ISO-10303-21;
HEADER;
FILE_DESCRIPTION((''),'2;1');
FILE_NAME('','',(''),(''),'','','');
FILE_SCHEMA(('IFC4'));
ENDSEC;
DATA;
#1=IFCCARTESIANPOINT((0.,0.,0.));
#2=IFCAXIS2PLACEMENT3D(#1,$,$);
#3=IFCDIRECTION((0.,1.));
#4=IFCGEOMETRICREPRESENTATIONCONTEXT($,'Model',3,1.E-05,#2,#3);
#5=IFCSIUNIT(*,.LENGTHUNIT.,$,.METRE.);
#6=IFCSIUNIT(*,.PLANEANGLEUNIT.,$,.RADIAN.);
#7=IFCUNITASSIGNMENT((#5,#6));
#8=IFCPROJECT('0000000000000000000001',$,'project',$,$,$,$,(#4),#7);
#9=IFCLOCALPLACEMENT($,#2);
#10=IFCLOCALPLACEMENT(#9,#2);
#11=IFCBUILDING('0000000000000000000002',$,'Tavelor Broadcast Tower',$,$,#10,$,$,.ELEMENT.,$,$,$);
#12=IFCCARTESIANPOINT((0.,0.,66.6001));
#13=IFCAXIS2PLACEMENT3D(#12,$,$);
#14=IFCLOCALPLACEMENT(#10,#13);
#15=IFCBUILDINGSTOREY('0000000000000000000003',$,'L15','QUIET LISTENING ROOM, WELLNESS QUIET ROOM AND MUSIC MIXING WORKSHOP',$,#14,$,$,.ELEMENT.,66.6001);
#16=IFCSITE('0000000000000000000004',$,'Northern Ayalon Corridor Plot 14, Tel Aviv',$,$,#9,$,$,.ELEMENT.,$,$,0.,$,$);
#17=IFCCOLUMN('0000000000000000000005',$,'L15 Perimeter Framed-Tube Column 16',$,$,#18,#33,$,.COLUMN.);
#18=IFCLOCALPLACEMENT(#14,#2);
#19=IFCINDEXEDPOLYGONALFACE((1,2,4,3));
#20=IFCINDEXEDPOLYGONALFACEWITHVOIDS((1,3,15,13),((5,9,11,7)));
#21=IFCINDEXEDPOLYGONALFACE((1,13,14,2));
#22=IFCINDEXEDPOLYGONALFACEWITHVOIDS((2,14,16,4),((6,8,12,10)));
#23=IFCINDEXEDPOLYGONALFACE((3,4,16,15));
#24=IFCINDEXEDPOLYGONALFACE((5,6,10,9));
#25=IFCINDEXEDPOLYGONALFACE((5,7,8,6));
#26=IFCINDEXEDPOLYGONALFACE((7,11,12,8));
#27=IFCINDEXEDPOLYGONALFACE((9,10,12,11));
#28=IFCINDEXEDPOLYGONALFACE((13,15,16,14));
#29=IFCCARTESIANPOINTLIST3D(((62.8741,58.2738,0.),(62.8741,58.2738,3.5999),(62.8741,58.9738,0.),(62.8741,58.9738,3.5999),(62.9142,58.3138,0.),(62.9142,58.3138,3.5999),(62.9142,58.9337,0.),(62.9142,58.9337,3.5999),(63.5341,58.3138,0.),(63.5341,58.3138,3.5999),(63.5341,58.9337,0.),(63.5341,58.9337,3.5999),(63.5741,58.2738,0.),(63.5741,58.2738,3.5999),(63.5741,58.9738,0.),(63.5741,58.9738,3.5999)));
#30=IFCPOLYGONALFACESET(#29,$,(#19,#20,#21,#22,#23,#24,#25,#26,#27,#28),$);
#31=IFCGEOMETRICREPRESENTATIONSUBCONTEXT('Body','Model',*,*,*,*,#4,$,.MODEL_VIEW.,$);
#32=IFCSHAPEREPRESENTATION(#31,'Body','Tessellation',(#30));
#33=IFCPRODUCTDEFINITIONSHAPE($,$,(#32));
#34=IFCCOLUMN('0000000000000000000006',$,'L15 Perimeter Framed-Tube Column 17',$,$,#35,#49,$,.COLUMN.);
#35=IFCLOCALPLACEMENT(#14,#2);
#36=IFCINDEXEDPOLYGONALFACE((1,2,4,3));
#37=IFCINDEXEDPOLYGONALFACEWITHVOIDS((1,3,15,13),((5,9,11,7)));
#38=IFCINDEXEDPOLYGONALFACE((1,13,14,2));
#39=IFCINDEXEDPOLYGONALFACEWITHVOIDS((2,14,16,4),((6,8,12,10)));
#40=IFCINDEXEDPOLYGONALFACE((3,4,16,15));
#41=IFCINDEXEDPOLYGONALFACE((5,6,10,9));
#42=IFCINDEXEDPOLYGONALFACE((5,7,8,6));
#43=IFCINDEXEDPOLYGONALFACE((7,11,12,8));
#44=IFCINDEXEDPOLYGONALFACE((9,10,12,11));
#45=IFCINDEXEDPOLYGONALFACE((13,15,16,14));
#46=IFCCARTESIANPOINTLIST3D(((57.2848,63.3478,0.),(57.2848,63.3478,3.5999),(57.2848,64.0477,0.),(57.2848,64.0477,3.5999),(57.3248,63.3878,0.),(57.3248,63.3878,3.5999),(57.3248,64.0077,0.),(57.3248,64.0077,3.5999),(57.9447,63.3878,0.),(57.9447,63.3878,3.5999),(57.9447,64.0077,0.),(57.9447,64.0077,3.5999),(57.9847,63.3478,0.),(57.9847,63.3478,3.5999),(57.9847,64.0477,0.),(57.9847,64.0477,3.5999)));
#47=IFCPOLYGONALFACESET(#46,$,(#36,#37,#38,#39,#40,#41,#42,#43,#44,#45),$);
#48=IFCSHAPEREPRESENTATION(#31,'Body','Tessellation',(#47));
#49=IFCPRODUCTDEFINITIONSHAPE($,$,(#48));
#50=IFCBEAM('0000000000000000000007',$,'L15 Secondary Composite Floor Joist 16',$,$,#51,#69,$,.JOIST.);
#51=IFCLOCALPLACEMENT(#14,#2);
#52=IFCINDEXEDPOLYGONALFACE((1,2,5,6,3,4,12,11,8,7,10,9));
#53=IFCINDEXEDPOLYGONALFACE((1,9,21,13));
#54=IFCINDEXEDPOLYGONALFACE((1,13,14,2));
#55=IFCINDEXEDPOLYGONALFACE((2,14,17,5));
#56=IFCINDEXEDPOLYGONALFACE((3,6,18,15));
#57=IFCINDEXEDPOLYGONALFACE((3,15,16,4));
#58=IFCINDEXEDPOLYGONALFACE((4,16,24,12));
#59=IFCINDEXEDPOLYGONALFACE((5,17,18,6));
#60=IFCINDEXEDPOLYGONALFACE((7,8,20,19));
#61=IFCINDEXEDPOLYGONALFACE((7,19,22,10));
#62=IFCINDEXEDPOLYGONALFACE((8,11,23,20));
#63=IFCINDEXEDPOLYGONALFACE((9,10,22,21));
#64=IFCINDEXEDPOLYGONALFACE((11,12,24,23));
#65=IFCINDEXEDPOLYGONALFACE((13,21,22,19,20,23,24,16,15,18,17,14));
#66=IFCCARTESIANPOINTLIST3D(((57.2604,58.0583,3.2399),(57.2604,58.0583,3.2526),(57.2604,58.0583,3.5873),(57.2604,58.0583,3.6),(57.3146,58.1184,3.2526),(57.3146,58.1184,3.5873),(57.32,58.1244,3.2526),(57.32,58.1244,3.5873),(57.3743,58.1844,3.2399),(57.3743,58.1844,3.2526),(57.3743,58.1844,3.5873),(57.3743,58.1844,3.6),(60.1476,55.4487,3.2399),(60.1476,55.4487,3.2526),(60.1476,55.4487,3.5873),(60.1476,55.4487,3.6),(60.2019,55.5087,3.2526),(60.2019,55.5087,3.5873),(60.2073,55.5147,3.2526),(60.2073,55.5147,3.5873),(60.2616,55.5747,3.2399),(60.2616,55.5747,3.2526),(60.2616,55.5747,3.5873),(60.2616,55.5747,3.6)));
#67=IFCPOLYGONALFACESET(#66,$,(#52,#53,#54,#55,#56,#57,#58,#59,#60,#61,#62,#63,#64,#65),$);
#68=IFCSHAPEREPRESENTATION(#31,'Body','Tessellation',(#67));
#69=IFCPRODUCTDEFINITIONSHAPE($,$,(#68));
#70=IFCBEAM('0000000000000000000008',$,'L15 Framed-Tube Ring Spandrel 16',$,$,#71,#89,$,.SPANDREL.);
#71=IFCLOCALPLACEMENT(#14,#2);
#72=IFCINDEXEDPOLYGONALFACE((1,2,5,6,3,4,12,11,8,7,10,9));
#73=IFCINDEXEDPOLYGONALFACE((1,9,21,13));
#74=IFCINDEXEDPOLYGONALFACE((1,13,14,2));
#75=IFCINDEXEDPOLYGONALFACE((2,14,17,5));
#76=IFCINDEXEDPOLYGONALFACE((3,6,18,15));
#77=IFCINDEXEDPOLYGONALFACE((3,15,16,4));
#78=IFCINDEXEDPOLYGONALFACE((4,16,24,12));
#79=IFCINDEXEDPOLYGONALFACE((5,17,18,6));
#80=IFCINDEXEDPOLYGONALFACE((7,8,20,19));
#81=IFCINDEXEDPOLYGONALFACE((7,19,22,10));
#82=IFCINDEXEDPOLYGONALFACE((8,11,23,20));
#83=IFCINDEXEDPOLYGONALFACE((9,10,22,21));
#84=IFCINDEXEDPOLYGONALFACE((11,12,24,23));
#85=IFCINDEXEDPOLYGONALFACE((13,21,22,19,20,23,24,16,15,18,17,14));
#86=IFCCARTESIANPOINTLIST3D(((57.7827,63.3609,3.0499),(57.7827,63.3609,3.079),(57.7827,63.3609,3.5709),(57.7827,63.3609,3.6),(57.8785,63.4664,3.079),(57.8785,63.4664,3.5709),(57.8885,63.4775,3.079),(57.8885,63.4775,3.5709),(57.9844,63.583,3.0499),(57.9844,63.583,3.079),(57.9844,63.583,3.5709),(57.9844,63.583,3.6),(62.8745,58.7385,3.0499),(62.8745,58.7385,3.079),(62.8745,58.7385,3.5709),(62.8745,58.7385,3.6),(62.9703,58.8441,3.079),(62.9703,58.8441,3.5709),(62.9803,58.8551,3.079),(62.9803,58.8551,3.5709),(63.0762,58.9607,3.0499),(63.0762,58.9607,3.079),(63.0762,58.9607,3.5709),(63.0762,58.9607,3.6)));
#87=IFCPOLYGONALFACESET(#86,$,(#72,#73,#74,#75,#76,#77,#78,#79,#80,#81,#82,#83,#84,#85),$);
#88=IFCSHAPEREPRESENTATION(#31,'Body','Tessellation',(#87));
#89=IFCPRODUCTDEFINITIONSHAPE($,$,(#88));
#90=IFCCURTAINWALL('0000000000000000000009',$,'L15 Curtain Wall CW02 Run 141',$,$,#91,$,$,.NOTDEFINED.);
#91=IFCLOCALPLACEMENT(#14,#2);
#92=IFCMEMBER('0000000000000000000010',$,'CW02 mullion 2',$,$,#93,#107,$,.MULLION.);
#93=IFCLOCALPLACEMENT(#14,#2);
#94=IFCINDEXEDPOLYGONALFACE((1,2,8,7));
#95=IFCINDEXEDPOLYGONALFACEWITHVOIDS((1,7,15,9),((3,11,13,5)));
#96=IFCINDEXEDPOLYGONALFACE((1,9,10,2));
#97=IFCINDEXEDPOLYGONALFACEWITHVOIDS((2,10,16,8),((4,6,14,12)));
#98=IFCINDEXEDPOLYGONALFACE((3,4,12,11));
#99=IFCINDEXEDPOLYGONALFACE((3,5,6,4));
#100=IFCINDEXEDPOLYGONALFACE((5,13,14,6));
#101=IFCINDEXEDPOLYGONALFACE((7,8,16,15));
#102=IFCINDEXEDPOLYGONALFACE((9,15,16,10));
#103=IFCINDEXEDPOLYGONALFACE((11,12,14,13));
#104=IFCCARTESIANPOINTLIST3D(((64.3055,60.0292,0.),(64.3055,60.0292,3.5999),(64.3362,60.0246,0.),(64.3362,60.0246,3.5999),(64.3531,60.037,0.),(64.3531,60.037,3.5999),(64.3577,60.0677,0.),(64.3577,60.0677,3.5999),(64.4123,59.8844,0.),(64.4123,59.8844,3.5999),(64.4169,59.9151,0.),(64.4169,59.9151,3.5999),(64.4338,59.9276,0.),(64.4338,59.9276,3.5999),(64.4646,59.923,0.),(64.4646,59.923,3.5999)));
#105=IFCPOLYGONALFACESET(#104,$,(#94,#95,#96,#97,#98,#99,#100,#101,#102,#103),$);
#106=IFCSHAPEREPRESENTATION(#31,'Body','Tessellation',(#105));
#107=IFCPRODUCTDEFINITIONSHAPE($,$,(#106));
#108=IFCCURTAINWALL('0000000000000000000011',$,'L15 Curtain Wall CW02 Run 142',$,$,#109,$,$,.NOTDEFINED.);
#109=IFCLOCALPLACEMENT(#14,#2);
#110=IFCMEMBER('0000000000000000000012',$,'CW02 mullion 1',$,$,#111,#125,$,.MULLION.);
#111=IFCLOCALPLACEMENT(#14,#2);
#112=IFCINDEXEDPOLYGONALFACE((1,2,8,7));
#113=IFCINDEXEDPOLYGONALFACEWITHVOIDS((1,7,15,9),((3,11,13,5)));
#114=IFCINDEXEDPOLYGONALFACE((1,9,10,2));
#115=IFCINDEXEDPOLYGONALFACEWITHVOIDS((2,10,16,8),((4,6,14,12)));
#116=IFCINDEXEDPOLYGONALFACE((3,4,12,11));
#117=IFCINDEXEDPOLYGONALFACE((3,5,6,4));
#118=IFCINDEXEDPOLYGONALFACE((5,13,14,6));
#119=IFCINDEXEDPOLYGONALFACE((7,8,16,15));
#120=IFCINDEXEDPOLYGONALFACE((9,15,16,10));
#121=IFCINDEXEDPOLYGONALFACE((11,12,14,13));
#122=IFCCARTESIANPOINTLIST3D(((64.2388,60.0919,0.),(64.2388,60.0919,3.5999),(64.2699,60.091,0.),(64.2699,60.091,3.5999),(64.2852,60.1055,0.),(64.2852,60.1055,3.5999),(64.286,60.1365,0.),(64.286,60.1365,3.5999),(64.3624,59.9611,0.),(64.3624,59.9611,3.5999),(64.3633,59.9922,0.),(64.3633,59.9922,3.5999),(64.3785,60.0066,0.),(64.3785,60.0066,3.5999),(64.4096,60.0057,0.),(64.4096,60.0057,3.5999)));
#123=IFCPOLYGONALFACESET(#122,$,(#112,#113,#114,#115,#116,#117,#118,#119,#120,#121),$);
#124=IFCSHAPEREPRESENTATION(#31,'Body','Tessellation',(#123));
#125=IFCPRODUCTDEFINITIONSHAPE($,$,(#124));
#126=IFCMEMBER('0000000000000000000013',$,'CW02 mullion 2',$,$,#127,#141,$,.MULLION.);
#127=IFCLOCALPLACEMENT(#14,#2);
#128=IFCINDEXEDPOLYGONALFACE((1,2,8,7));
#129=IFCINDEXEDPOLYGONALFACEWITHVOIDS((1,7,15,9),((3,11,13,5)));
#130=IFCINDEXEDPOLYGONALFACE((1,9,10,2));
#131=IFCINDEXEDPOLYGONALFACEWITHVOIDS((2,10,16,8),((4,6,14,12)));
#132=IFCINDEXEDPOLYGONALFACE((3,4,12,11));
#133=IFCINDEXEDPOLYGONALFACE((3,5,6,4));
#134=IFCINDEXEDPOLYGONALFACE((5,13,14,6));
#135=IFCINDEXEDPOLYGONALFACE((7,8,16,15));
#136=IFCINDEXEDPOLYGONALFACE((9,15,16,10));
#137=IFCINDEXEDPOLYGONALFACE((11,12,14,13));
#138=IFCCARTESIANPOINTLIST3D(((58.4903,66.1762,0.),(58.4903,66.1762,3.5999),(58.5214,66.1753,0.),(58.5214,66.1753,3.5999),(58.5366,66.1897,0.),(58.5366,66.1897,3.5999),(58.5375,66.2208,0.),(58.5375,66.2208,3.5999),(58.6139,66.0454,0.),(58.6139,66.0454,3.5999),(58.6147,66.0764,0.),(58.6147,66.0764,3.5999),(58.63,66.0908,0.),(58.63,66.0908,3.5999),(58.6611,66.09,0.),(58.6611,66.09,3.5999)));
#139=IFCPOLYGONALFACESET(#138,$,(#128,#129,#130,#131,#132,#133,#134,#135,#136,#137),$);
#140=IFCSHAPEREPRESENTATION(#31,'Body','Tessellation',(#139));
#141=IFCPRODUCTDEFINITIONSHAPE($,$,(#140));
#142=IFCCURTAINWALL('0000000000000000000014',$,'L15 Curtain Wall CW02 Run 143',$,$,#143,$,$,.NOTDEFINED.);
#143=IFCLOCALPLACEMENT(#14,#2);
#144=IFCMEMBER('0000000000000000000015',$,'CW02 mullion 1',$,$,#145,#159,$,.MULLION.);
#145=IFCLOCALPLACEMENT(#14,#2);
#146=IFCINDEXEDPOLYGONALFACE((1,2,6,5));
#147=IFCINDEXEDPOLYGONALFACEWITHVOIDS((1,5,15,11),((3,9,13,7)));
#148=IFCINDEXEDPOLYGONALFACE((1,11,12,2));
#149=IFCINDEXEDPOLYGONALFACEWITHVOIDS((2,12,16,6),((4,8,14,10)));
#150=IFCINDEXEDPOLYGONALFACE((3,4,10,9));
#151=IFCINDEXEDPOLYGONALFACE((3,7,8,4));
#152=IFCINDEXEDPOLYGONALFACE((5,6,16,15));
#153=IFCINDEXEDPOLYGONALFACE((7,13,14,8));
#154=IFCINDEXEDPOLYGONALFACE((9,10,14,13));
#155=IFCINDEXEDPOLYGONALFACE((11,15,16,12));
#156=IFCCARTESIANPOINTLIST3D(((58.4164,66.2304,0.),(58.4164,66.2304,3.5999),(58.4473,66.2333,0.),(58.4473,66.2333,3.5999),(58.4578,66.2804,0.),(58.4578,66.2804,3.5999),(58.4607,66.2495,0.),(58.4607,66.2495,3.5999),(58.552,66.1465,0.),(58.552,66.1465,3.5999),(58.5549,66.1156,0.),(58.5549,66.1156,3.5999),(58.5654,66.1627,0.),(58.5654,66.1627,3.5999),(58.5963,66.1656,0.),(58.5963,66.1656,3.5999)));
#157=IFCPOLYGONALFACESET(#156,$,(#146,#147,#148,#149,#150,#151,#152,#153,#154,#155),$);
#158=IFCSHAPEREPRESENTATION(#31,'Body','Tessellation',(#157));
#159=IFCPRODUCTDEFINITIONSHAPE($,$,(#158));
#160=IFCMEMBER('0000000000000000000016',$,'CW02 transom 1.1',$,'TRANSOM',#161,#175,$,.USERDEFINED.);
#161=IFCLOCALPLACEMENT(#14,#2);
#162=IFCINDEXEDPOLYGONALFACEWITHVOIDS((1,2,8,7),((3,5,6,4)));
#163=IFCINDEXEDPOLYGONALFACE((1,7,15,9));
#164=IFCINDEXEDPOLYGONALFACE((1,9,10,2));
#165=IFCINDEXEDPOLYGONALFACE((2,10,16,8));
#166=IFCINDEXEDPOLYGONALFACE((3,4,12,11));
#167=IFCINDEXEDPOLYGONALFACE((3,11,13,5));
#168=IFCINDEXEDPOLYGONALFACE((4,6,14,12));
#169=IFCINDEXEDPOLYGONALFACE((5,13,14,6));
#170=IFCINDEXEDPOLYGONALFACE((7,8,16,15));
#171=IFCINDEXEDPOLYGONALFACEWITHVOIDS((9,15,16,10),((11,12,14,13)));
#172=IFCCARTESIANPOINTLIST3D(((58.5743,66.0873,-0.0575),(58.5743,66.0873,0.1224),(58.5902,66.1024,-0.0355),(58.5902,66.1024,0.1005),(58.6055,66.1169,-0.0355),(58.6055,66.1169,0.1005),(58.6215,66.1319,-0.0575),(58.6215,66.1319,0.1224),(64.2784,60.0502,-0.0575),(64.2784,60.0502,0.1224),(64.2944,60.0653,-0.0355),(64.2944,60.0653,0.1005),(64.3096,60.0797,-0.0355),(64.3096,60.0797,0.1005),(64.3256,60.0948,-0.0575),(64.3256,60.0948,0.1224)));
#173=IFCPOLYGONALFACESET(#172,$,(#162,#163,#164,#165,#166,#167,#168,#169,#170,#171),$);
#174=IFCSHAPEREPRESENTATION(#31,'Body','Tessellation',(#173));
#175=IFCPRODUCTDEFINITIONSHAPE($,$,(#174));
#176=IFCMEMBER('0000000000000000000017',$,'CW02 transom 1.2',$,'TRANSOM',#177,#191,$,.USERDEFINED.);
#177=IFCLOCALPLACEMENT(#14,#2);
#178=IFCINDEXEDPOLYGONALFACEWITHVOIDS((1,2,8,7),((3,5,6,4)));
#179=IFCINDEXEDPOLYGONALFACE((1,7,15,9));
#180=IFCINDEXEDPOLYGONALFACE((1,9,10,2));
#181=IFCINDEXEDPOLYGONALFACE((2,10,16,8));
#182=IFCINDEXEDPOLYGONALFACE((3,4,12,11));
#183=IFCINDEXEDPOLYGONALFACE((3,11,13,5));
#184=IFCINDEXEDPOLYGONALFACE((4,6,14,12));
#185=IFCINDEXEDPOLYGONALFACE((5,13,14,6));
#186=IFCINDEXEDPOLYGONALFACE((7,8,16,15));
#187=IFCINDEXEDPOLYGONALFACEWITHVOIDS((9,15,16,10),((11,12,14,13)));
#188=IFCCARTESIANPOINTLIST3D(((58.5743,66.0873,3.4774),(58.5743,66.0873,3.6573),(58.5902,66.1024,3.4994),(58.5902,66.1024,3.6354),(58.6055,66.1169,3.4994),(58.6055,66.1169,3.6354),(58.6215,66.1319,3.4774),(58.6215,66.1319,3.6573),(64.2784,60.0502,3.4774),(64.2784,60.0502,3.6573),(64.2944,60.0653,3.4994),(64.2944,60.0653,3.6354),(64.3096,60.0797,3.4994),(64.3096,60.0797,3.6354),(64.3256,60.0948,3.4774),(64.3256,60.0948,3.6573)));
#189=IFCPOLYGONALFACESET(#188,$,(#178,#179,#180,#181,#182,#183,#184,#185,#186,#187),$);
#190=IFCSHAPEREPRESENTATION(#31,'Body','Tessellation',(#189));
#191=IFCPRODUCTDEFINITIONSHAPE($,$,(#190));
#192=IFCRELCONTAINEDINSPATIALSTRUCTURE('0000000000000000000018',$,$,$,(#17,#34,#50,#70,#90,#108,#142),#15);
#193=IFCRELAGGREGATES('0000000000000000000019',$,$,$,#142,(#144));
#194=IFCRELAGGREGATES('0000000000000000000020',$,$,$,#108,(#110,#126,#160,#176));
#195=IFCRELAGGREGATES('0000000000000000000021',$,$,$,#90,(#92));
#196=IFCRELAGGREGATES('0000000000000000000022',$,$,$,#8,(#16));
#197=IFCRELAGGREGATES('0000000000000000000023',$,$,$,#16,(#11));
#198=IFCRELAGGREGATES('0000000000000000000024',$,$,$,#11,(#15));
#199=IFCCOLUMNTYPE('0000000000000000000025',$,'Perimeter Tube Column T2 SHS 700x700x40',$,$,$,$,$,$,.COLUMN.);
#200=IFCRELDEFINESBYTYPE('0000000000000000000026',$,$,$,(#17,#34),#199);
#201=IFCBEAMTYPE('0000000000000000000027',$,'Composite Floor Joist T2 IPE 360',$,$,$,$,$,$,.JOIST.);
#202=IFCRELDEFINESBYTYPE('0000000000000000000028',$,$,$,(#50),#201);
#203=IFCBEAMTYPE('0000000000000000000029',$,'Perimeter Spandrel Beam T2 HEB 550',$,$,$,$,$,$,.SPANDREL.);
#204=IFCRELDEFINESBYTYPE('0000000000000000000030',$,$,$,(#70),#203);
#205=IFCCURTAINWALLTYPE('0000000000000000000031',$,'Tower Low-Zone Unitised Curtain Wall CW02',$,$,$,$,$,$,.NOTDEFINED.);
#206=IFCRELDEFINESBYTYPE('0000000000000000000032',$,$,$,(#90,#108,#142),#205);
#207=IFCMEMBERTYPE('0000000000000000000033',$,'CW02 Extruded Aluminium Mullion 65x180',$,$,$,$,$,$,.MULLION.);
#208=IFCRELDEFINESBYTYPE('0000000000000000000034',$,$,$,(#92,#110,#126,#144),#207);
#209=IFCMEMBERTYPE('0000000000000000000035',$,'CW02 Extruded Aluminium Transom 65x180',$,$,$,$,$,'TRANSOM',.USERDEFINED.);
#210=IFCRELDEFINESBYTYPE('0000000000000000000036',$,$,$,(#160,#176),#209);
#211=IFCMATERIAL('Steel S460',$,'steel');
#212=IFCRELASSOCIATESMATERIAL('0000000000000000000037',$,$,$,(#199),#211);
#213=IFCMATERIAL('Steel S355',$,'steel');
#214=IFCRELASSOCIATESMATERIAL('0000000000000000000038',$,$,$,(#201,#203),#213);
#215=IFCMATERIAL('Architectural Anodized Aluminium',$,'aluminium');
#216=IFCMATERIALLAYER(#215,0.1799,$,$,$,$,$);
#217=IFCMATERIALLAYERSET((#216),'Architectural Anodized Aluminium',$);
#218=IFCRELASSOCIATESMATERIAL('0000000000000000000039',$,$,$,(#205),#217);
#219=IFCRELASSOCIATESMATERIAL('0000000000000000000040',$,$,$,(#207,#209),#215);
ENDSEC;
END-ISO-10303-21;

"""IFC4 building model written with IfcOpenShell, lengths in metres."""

from ifc_helpers import new_model, si_unit, direction, frame, origin, origin_2d, place, context, subcontext, project, spatial, hollow_rectangle, i_section, extrude, source, transform, mapped, material, layer, layer_set, material_profile, profile_set, type_object, type_shapes, element, aggregate, save


model = new_model("IFC4")

# Units and contexts
model_context = context("Model", 3, precision=1e-05, world=origin(), true_north=direction((0.0, 1.0)))
body_context = subcontext(model_context, "Body", "Model", "MODEL_VIEW")
ifc_project = project(units=[si_unit("LENGTHUNIT", "METRE"), si_unit("PLANEANGLEUNIT", "RADIAN")], contexts=[model_context])

# Site, building, storey
site_placement = place(None, origin())
site = spatial("IfcSite", under=ifc_project, at=site_placement, Name="Northern Ayalon Corridor Plot 14, Tel Aviv", CompositionType="ELEMENT", RefElevation=0.0)
building_placement = place(site_placement, origin())
building = spatial("IfcBuilding", under=site, at=building_placement, Name="Tavelor Broadcast Tower", CompositionType="ELEMENT")
storey_placement = place(building_placement, frame((0.0, 0.0, 66.6001)))
storey = spatial("IfcBuildingStorey", under=building, at=storey_placement, Name="L15", Description="QUIET LISTENING ROOM, WELLNESS QUIET ROOM AND MUSIC MIXING WORKSHOP", CompositionType="ELEMENT", Elevation=66.6001)

# Columns
ifc_material_1 = material(Name="Steel S460", Category="steel")
ifc_material_profile_1 = material_profile(ifc_material_1, hollow_rectangle(XDim=0.7, YDim=0.7, WallThickness=0.04, at=origin_2d()), Name="SHS 700x700x40")
ifc_profile_set_1 = profile_set([ifc_material_profile_1], Name="Steel S460")
column_type = type_object("IfcColumnType", Name="Perimeter Tube Column T2 SHS 700x700x40", PredefinedType="COLUMN", material=ifc_profile_set_1)
for number, where, z_axis, x_axis, name in (
    (1, (63.2241, 58.6238, 0.0), (0.0, 0.0, 1.0), (1.0, 0.0, 0.0), "L15 Perimeter Framed-Tube Column 16"),
    (2, (57.6348, 63.6978, 0.0), (0.0, 0.0, 1.0), (1.0, 0.0, 0.0), "L15 Perimeter Framed-Tube Column 17"),
):
    element("IfcColumn", number, at=place(storey_placement, frame(where, z_axis=z_axis, x_axis=x_axis)), inside=storey, type_object=column_type, Name=name, PredefinedType="COLUMN", context=body_context, shape_type="SweptSolid", body=[
        extrude(hollow_rectangle(XDim=0.7, YDim=0.7, WallThickness=0.04, at=origin_2d()), origin(), (0.0, 0.0, 1.0), 3.5999),
    ])

# Beams
ifc_material_2 = material(Name="Steel S355", Category="steel")
ifc_material_profile_2 = material_profile(ifc_material_2, i_section(OverallWidth=0.1699, OverallDepth=0.3601, WebThickness=0.0081, FlangeThickness=0.0127, at=origin_2d()), Name="IPE 360")
ifc_profile_set_2 = profile_set([ifc_material_profile_2], Name="Steel S355")
beam_type_1 = type_object("IfcBeamType", Name="Composite Floor Joist T2 IPE 360", PredefinedType="JOIST", material=ifc_profile_set_2)
beam_1_placement = place(storey_placement, frame((60.2046, 55.5117, 3.4199), z_axis=(-0.74187, 0.670544, 0.0), x_axis=(-0.670544, -0.74187, 0.0)))
element("IfcBeam", 3, at=beam_1_placement, inside=storey, type_object=beam_type_1, Name="L15 Secondary Composite Floor Joist 16", PredefinedType="JOIST", context=body_context, shape_type="SweptSolid", body=[
    extrude(i_section(OverallWidth=0.1699, OverallDepth=0.3601, WebThickness=0.0081, FlangeThickness=0.0127, at=origin_2d()), origin(), (0.0, 0.0, 1.0), 3.8918),
])
ifc_material_profile_3 = material_profile(ifc_material_2, i_section(OverallWidth=0.3, OverallDepth=0.55, WebThickness=0.0149, FlangeThickness=0.0291, at=origin_2d()), Name="HEB 550")
ifc_profile_set_3 = profile_set([ifc_material_profile_3], Name="Steel S355")
beam_type_2 = type_object("IfcBeamType", Name="Perimeter Spandrel Beam T2 HEB 550", PredefinedType="SPANDREL", material=ifc_profile_set_3)
beam_2_placement = place(storey_placement, frame((62.9753, 58.8496, 3.325), z_axis=(-0.740417, 0.672148, 0.0), x_axis=(-0.672148, -0.740417, 0.0)))
element("IfcBeam", 4, at=beam_2_placement, inside=storey, type_object=beam_type_2, Name="L15 Framed-Tube Ring Spandrel 16", PredefinedType="SPANDREL", context=body_context, shape_type="SweptSolid", body=[
    extrude(i_section(OverallWidth=0.3, OverallDepth=0.55, WebThickness=0.0149, FlangeThickness=0.0291, at=origin_2d()), origin(), (0.0, 0.0, 1.0), 6.877),
])

# Curtain wall, member
ifc_material_3 = material(Name="Architectural Anodized Aluminium", Category="aluminium")
ifc_layer_1 = layer(ifc_material_3, 0.1799)
ifc_layer_set_1 = layer_set([ifc_layer_1], Name="Architectural Anodized Aluminium")
curtain_wall_type = type_object("IfcCurtainWallType", Name="Tower Low-Zone Unitised Curtain Wall CW02", PredefinedType="NOTDEFINED", material=ifc_layer_set_1)
curtain_wall_1_placement = place(storey_placement, origin())
curtain_wall_1 = element("IfcCurtainWall", 5, at=curtain_wall_1_placement, inside=storey, type_object=curtain_wall_type, Name="L15 Curtain Wall CW02 Run 141", PredefinedType="NOTDEFINED")
ifc_material_profile_4 = material_profile(ifc_material_3, hollow_rectangle(XDim=0.0649, YDim=0.1799, WallThickness=0.022, at=origin_2d()), Name="RHS 65x180x22")
ifc_profile_set_4 = profile_set([ifc_material_profile_4], Name="Architectural Anodized Aluminium")
member_type_1 = type_object("IfcMemberType", Name="CW02 Extruded Aluminium Mullion 65x180", PredefinedType="MULLION", material=ifc_profile_set_4)
shared_shape_1 = source(origin(), body_context, "Body", "SweptSolid", [
    extrude(hollow_rectangle(XDim=0.0649, YDim=0.1799, WallThickness=0.022, at=origin_2d()), origin(), (0.0, 0.0, 1.0), 3.5999),
])
type_shapes(member_type_1, [shared_shape_1])
member_1_placement = place(storey_placement, frame((64.385, 59.9761, 0.0), z_axis=(0.0, 0.0, 1.0), x_axis=(-0.804642, -0.59376, 0.0)))
member_1 = element("IfcMember", 6, at=member_1_placement, type_object=member_type_1, Name="CW02 mullion 2", PredefinedType="MULLION", context=body_context, shape_type="MappedRepresentation", body=[
    mapped(shared_shape_1, transform((0.0, 0.0, 0.0), scale=1.0)),
])

# Curtain wall, members
curtain_wall_2_placement = place(storey_placement, origin())
curtain_wall_2 = element("IfcCurtainWall", 7, at=curtain_wall_2_placement, inside=storey, type_object=curtain_wall_type, Name="L15 Curtain Wall CW02 Run 142", PredefinedType="NOTDEFINED")
member_2_placement = place(storey_placement, frame((64.3242, 60.0488, 0.0), z_axis=(0.0, 0.0, 1.0), x_axis=(-0.726874, -0.68677, 0.0)))
member_2 = element("IfcMember", 8, at=member_2_placement, type_object=member_type_1, Name="CW02 mullion 1", PredefinedType="MULLION", context=body_context, shape_type="MappedRepresentation", body=[
    mapped(shared_shape_1, transform((0.0, 0.0, 0.0), scale=1.0)),
])
member_3_placement = place(storey_placement, frame((58.5757, 66.1331, 0.0), z_axis=(0.0, 0.0, 1.0), x_axis=(-0.726874, -0.68677, 0.0)))
member_3 = element("IfcMember", 9, at=member_3_placement, type_object=member_type_1, Name="CW02 mullion 2", PredefinedType="MULLION", context=body_context, shape_type="MappedRepresentation", body=[
    mapped(shared_shape_1, transform((0.0, 0.0, 0.0), scale=1.0)),
])

# Curtain wall, member
curtain_wall_3_placement = place(storey_placement, origin())
curtain_wall_3 = element("IfcCurtainWall", 10, at=curtain_wall_3_placement, inside=storey, type_object=curtain_wall_type, Name="L15 Curtain Wall CW02 Run 143", PredefinedType="NOTDEFINED")
member_4_placement = place(storey_placement, frame((58.5063, 66.198, 0.0), z_axis=(0.0, 0.0, 1.0), x_axis=(-0.638422, -0.769686, 0.0)))
member_4 = element("IfcMember", 11, at=member_4_placement, type_object=member_type_1, Name="CW02 mullion 1", PredefinedType="MULLION", context=body_context, shape_type="MappedRepresentation", body=[
    mapped(shared_shape_1, transform((0.0, 0.0, 0.0), scale=1.0)),
])

# Members
ifc_material_profile_5 = material_profile(ifc_material_3, hollow_rectangle(XDim=0.0649, YDim=0.1799, WallThickness=0.022, at=origin_2d()), Name="RHS 65x180x22")
ifc_profile_set_5 = profile_set([ifc_material_profile_5], Name="Architectural Anodized Aluminium")
member_type_2 = type_object("IfcMemberType", Name="CW02 Extruded Aluminium Transom 65x180", ElementType="TRANSOM", PredefinedType="USERDEFINED", material=ifc_profile_set_5)
shared_shape_2 = source(origin(), body_context, "Body", "SweptSolid", [
    extrude(hollow_rectangle(XDim=0.0649, YDim=0.1799, WallThickness=0.022, at=origin_2d()), origin(), (0.0, 0.0, 1.0), 8.3057),
])
type_shapes(member_type_2, [shared_shape_2])
member_5_placement = place(storey_placement, frame((64.302, 60.0725, 0.0325), z_axis=(-0.686775, 0.72687, 0.0), x_axis=(-0.72687, -0.686775, 0.0)))
member_5 = element("IfcMember", 12, at=member_5_placement, type_object=member_type_2, Name="CW02 transom 1.1", ObjectType="TRANSOM", PredefinedType="USERDEFINED", context=body_context, shape_type="MappedRepresentation", body=[
    mapped(shared_shape_2, transform((0.0, 0.0, 0.0), scale=1.0)),
])
member_6_placement = place(storey_placement, frame((64.302, 60.0725, 3.5674), z_axis=(-0.686775, 0.72687, 0.0), x_axis=(-0.72687, -0.686775, 0.0)))
member_6 = element("IfcMember", 13, at=member_6_placement, type_object=member_type_2, Name="CW02 transom 1.2", ObjectType="TRANSOM", PredefinedType="USERDEFINED", context=body_context, shape_type="MappedRepresentation", body=[
    mapped(shared_shape_2, transform((0.0, 0.0, 0.0), scale=1.0)),
])
aggregate(curtain_wall_3, [member_4])

aggregate(curtain_wall_2, [member_2, member_3, member_5, member_6])
aggregate(curtain_wall_1, [member_1])

save(model, "model.ifc")
